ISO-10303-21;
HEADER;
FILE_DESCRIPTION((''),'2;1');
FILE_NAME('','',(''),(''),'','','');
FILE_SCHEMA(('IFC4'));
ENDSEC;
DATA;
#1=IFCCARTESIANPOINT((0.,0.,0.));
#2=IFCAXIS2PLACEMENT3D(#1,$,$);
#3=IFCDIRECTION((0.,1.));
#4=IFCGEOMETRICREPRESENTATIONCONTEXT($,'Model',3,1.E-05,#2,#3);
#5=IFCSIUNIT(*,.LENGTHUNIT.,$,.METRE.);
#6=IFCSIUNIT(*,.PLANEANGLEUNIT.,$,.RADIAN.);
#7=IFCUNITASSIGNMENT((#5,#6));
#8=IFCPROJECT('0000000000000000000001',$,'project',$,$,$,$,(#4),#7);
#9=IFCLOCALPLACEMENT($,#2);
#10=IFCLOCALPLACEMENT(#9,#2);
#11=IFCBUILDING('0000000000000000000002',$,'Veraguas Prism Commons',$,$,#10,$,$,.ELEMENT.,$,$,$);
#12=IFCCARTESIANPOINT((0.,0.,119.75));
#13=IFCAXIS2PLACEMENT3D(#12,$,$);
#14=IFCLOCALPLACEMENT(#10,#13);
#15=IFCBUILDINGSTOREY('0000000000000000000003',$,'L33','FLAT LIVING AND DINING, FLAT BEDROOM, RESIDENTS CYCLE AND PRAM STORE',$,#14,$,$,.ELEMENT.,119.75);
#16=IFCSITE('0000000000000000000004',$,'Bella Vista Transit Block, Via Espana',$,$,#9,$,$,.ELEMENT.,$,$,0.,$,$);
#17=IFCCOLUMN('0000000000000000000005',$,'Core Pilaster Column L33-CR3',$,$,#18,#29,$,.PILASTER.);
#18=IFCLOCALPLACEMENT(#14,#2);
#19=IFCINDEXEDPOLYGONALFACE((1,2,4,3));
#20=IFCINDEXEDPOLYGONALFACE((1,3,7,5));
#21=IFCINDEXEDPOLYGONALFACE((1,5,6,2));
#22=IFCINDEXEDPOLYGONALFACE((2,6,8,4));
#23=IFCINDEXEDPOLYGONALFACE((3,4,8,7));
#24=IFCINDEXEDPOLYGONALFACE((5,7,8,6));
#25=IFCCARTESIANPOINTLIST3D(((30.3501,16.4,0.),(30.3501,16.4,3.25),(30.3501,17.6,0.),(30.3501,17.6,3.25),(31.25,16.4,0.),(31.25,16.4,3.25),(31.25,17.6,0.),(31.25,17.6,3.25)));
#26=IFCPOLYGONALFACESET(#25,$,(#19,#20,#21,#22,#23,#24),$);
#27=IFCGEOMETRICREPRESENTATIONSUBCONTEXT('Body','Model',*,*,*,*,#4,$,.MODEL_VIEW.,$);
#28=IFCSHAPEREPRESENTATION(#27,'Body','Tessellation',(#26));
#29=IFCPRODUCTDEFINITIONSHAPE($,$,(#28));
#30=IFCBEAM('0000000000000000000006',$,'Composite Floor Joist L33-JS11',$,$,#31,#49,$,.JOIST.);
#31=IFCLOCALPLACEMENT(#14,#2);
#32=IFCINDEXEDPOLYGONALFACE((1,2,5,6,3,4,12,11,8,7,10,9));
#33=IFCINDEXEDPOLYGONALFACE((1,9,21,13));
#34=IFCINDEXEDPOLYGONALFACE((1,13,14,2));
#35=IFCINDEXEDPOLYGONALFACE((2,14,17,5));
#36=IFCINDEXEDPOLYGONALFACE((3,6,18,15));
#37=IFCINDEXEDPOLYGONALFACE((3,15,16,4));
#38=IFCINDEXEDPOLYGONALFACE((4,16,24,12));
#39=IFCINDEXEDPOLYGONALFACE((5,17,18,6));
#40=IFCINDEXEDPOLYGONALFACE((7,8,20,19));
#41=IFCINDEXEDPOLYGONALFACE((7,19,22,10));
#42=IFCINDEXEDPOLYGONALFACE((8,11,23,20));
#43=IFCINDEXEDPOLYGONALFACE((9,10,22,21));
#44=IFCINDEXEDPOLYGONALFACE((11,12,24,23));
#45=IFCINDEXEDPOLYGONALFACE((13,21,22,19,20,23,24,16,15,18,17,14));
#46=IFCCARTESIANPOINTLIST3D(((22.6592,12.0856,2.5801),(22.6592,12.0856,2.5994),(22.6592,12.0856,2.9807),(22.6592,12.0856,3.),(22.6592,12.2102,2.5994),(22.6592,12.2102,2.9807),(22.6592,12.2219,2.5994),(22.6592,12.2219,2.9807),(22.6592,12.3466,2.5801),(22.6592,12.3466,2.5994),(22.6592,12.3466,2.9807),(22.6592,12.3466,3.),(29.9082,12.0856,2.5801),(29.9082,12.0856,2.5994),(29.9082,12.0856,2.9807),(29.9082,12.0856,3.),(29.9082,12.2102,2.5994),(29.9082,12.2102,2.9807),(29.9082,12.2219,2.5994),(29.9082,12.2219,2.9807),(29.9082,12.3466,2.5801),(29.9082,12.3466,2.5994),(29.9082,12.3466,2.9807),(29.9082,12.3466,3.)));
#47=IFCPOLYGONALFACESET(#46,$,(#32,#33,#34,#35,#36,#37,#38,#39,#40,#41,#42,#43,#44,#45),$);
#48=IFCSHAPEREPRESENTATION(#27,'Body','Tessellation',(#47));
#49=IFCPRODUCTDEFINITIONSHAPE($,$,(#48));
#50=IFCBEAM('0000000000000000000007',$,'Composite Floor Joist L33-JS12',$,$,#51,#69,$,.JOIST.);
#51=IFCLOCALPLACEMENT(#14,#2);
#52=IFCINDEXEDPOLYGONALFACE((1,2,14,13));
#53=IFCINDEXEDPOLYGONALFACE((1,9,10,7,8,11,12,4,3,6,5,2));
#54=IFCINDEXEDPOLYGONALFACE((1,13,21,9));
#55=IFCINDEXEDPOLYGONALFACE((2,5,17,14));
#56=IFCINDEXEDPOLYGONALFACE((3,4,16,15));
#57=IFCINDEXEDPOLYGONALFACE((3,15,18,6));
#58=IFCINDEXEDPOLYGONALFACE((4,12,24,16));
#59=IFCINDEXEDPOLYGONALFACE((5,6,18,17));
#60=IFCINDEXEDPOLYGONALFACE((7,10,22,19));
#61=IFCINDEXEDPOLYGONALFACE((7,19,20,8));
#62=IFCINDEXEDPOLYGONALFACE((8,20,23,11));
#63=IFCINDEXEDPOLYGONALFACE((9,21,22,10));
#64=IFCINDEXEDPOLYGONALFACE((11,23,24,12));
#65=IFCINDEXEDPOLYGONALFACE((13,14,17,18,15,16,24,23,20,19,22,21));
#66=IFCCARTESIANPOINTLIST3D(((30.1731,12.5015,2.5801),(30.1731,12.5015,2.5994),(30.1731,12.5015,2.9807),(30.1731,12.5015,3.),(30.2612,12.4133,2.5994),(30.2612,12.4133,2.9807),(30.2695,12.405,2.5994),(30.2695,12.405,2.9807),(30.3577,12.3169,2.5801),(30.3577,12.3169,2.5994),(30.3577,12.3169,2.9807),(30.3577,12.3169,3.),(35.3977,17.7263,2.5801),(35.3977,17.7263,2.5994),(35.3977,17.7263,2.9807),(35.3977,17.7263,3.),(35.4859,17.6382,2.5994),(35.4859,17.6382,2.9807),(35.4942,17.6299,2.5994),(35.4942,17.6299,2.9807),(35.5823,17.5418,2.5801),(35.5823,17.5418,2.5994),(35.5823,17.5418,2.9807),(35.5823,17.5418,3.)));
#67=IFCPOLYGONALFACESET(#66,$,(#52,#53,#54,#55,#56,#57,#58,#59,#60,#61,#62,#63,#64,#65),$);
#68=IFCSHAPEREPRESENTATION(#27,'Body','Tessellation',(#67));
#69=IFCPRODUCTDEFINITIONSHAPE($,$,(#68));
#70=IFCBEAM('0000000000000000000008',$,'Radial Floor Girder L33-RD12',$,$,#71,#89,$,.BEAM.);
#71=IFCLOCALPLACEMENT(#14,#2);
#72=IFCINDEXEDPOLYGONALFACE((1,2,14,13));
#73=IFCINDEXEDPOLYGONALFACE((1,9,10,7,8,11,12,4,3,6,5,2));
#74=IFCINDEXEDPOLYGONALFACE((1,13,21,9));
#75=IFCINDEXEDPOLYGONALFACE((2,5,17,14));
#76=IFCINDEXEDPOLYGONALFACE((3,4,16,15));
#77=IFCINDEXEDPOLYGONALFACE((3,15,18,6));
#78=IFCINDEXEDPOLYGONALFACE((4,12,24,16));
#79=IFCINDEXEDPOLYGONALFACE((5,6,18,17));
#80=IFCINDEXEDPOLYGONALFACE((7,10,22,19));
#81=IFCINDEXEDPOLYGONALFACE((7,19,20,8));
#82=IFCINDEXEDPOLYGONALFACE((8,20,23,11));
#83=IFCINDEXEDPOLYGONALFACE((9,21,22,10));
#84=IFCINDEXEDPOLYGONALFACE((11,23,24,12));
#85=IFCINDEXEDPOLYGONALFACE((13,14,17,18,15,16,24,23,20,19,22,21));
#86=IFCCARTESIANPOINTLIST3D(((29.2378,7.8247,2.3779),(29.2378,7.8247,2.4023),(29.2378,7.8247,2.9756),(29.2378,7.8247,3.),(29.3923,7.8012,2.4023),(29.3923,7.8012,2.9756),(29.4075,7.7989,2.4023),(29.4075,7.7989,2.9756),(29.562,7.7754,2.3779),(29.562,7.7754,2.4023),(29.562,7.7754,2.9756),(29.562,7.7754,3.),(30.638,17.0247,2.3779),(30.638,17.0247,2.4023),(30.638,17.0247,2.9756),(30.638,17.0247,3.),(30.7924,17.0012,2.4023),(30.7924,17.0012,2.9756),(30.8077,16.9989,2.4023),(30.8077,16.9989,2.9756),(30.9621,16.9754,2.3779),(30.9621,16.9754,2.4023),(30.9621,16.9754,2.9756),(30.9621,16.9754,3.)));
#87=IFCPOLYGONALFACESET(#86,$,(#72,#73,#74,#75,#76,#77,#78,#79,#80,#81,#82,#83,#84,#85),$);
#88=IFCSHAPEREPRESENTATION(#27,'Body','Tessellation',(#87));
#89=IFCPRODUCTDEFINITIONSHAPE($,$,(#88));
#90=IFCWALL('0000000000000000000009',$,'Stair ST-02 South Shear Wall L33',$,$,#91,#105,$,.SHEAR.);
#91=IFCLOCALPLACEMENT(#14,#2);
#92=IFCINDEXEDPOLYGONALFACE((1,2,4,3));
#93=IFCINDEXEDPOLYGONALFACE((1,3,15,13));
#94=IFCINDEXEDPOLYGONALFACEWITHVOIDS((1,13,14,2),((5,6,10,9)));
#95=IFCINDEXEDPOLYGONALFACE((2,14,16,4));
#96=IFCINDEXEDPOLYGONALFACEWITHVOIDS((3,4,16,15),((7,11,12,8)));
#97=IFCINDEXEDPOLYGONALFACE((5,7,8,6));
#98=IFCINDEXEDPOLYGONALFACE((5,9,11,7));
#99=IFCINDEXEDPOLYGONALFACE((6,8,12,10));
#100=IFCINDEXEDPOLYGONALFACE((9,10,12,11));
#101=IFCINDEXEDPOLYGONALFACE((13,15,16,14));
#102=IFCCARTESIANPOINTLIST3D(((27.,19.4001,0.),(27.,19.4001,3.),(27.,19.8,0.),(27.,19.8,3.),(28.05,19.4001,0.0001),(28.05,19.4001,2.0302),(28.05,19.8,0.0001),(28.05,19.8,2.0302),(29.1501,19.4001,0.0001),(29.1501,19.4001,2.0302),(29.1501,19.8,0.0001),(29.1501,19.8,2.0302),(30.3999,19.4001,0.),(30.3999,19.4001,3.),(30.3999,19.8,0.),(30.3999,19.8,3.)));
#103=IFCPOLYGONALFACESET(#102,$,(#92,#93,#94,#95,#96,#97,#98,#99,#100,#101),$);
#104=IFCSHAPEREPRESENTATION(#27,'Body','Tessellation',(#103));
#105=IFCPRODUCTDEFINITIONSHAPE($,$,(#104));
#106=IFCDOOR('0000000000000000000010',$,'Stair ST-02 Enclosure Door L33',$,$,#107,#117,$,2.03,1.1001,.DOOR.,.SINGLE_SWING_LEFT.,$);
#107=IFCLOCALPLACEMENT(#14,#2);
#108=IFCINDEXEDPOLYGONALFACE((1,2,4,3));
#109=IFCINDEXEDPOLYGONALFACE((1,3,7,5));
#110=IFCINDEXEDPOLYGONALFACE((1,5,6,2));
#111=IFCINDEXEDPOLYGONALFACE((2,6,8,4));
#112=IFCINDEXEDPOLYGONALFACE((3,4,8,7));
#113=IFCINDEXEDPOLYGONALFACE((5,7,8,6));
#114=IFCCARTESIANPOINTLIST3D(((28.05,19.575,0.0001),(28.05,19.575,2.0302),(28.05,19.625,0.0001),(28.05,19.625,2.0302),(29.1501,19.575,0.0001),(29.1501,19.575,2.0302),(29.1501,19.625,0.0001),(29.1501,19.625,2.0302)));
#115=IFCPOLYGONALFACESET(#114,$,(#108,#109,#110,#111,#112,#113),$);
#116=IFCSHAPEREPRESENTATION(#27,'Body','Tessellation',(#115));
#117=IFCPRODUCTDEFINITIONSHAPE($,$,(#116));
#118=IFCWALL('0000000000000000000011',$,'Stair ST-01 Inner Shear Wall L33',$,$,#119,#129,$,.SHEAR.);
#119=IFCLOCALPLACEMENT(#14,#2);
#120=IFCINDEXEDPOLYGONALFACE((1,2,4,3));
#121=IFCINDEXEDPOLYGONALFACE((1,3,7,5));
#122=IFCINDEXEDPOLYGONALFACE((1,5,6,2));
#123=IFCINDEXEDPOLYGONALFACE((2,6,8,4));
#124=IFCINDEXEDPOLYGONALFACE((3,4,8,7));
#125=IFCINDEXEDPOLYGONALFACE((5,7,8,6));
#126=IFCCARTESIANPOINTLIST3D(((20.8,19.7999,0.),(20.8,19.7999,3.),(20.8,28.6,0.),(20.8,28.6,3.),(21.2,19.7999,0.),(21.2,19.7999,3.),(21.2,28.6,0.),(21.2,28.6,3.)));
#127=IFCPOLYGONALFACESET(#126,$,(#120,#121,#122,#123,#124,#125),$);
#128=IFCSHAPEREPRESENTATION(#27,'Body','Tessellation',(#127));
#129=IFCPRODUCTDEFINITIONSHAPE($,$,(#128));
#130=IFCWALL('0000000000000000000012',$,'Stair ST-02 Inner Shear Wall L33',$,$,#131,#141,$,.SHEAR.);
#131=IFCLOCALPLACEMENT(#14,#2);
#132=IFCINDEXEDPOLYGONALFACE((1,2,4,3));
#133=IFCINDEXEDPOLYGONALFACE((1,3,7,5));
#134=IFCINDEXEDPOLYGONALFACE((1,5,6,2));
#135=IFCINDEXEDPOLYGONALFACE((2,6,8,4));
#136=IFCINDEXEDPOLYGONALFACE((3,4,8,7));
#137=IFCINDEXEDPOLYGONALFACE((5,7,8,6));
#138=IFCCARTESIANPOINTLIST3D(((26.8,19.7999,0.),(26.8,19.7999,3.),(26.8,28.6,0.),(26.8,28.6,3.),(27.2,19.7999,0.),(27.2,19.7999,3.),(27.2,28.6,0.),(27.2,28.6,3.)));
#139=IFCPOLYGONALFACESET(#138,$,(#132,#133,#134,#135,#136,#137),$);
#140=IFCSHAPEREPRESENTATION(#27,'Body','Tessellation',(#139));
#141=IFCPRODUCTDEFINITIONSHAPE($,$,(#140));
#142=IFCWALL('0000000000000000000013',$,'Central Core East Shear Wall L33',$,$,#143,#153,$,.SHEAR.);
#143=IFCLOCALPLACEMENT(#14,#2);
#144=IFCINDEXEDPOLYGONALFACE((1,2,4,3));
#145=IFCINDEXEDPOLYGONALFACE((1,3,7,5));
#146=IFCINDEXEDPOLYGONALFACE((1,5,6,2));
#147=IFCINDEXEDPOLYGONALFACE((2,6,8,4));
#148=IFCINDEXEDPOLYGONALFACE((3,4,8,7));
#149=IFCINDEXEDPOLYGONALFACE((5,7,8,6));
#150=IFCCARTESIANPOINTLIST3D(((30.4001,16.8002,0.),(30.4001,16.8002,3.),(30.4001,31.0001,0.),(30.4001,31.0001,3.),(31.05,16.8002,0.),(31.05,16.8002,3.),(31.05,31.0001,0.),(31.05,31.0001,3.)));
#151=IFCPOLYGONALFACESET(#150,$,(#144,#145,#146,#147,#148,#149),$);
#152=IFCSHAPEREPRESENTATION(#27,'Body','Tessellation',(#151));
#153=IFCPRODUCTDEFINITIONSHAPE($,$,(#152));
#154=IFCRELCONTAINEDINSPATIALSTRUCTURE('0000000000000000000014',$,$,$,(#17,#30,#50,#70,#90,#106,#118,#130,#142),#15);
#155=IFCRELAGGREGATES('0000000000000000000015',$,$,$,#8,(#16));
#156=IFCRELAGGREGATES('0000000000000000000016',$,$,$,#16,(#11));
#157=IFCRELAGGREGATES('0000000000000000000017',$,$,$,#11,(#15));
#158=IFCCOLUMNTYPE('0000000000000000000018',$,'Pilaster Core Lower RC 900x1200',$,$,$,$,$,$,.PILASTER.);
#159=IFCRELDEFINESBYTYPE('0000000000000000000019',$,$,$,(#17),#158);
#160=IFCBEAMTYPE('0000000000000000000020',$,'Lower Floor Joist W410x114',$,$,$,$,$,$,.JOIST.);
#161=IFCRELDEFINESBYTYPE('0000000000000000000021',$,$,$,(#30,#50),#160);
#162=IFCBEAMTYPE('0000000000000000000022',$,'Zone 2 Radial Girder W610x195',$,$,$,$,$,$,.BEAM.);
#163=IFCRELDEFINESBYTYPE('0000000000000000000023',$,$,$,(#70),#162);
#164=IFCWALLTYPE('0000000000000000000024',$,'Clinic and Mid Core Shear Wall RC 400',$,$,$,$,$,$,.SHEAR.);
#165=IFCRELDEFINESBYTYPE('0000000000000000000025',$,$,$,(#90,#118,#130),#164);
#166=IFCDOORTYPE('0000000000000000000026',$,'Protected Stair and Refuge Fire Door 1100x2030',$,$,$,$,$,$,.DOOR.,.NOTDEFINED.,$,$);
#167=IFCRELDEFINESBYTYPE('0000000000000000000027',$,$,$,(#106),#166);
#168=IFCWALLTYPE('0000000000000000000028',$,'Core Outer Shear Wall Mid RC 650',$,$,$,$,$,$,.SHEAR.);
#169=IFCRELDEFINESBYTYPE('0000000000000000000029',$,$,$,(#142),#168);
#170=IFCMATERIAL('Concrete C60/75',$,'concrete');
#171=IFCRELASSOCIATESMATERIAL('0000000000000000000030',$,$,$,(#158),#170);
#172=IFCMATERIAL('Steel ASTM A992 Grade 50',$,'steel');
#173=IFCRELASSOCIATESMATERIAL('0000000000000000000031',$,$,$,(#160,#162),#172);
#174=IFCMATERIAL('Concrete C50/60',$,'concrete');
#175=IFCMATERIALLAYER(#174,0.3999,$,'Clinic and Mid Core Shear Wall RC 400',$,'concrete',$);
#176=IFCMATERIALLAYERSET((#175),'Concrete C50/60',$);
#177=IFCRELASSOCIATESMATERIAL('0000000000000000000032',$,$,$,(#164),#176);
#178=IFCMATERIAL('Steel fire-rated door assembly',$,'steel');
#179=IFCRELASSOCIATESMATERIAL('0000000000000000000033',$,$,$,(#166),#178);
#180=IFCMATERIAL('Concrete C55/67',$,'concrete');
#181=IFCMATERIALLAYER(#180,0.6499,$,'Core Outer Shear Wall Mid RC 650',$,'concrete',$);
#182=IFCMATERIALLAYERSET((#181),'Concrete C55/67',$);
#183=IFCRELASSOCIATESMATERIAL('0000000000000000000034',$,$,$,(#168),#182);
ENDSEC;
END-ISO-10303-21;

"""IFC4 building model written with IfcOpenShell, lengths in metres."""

from ifc_helpers import new_model, si_unit, direction, frame, frame_2d, origin, origin_2d, place, context, subcontext, project, spatial, rectangle, i_section, extrude, source, transform, mapped, material, layer, layer_set, material_profile, profile_set, type_object, element, fill, save


model = new_model("IFC4")

# Units and contexts
model_context = context("Model", 3, precision=1e-05, world=origin(), true_north=direction((0.0, 1.0)))
body_context = subcontext(model_context, "Body", "Model", "MODEL_VIEW")
ifc_project = project(units=[si_unit("LENGTHUNIT", "METRE"), si_unit("PLANEANGLEUNIT", "RADIAN")], contexts=[model_context])

# Site, building, storey
site_placement = place(None, origin())
site = spatial("IfcSite", under=ifc_project, at=site_placement, Name="Bella Vista Transit Block, Via Espana", CompositionType="ELEMENT", RefElevation=0.0)
building_placement = place(site_placement, origin())
building = spatial("IfcBuilding", under=site, at=building_placement, Name="Veraguas Prism Commons", CompositionType="ELEMENT")
storey_placement = place(building_placement, frame((0.0, 0.0, 119.75)))
storey = spatial("IfcBuildingStorey", under=building, at=storey_placement, Name="L33", Description="FLAT LIVING AND DINING, FLAT BEDROOM, RESIDENTS CYCLE AND PRAM STORE", CompositionType="ELEMENT", Elevation=119.75)

# Column
ifc_material_1 = material(Name="Concrete C60/75", Category="concrete")
ifc_material_profile_1 = material_profile(ifc_material_1, rectangle(XDim=0.8999, YDim=1.2, at=origin_2d()), Name="RC900X1200")
ifc_profile_set_1 = profile_set([ifc_material_profile_1], Name="Concrete C60/75")
column_type = type_object("IfcColumnType", Name="Pilaster Core Lower RC 900x1200", PredefinedType="PILASTER", material=ifc_profile_set_1)
column_placement = place(storey_placement, frame((30.8, 17.0, 0.0), z_axis=(0.0, 0.0, 1.0), x_axis=(1.0, 0.0, 0.0)))
element("IfcColumn", 1, at=column_placement, inside=storey, type_object=column_type, Name="Core Pilaster Column L33-CR3", PredefinedType="PILASTER", context=body_context, shape_type="SweptSolid", body=[
    extrude(rectangle(XDim=0.8999, YDim=1.2, at=origin_2d()), origin(), (0.0, 0.0, 1.0), 3.25),
])

# Beams
ifc_material_2 = material(Name="Steel ASTM A992 Grade 50", Category="steel")
ifc_material_profile_2 = material_profile(ifc_material_2, i_section(OverallWidth=0.261, OverallDepth=0.4199, WebThickness=0.0117, FlangeThickness=0.0193, at=origin_2d()), Name="W410X114")
ifc_profile_set_2 = profile_set([ifc_material_profile_2], Name="Steel ASTM A992 Grade 50")
beam_type_1 = type_object("IfcBeamType", Name="Lower Floor Joist W410x114", PredefinedType="JOIST", material=ifc_profile_set_2)
beam_1_placement = place(storey_placement, frame((22.6592, 12.2161, 2.79), z_axis=(1.0, 0.0, 0.0), x_axis=(0.0, 1.0, 0.0)))
element("IfcBeam", 2, at=beam_1_placement, inside=storey, type_object=beam_type_1, Name="Composite Floor Joist L33-JS11", PredefinedType="JOIST", context=body_context, shape_type="SweptSolid", body=[
    extrude(i_section(OverallWidth=0.261, OverallDepth=0.4199, WebThickness=0.0117, FlangeThickness=0.0193, at=origin_2d()), origin(), (0.0, 0.0, 1.0), 7.249),
])
beam_2_placement = place(storey_placement, frame((30.2654, 12.4092, 2.79), z_axis=(0.70709, 0.707123, 0.0), x_axis=(-0.707123, 0.70709, 0.0)))
element("IfcBeam", 3, at=beam_2_placement, inside=storey, type_object=beam_type_1, Name="Composite Floor Joist L33-JS12", PredefinedType="JOIST", context=body_context, shape_type="SweptSolid", body=[
    extrude(i_section(OverallWidth=0.261, OverallDepth=0.4199, WebThickness=0.0117, FlangeThickness=0.0193, at=origin_2d()), origin(), (0.0, 0.0, 1.0), 7.3889),
])
ifc_material_profile_3 = material_profile(ifc_material_2, i_section(OverallWidth=0.3279, OverallDepth=0.6221, WebThickness=0.0154, FlangeThickness=0.0244, at=origin_2d()), Name="W610X195")
ifc_profile_set_3 = profile_set([ifc_material_profile_3], Name="Steel ASTM A992 Grade 50")
beam_type_2 = type_object("IfcBeamType", Name="Zone 2 Radial Girder W610x195", PredefinedType="BEAM", material=ifc_profile_set_3)
beam_3_placement = place(storey_placement, frame((29.3999, 7.8, 2.689), z_axis=(0.150458, 0.988616, 0.0), x_axis=(-0.988616, 0.150458, 0.0)))
element("IfcBeam", 4, at=beam_3_placement, inside=storey, type_object=beam_type_2, Name="Radial Floor Girder L33-RD12", PredefinedType="BEAM", context=body_context, shape_type="SweptSolid", body=[
    extrude(i_section(OverallWidth=0.3279, OverallDepth=0.6221, WebThickness=0.0154, FlangeThickness=0.0244, at=origin_2d()), origin(), (0.0, 0.0, 1.0), 9.3059),
])

# Wall, opening, door
ifc_material_3 = material(Name="Concrete C50/60", Category="concrete")
ifc_layer_1 = layer(ifc_material_3, 0.3999, Name="Clinic and Mid Core Shear Wall RC 400", Category="concrete")
ifc_layer_set_1 = layer_set([ifc_layer_1], Name="Concrete C50/60")
wall_type_1 = type_object("IfcWallType", Name="Clinic and Mid Core Shear Wall RC 400", PredefinedType="SHEAR", material=ifc_layer_set_1)
wall_1_placement = place(storey_placement, frame((27.0, 19.6001, 0.0), z_axis=(0.0, 0.0, 1.0), x_axis=(1.0, 0.0, 0.0)))
wall_1 = element("IfcWall", 5, at=wall_1_placement, inside=storey, type_object=wall_type_1, Name="Stair ST-02 South Shear Wall L33", PredefinedType="SHEAR", context=body_context, shape_type="SweptSolid", body=[
    extrude(rectangle(XDim=3.3999, YDim=0.3999, at=frame_2d((1.7, 0.0))), origin(), (0.0, 0.0, 1.0), 3.0),
])
opening_1_placement = place(wall_1_placement, frame((1.05, 0.0, 0.0)))
opening_1 = element("IfcOpeningElement", 6, at=opening_1_placement, cuts=wall_1, PredefinedType="OPENING", context=body_context, shape_type="SweptSolid", body=[
    extrude(rectangle(XDim=1.1001, YDim=2.03, at=frame_2d((0.55, 1.0151))), frame((0.0, 0.21, 0.0), z_axis=(0.0, -1.0, 0.0), x_axis=(1.0, 0.0, 0.0)), (0.0, 0.0, 1.0), 0.4199),
])
ifc_material_4 = material(Name="Steel fire-rated door assembly", Category="steel")
door_type_1 = type_object("IfcDoorType", Name="Protected Stair and Refuge Fire Door 1100x2030", OperationType="NOTDEFINED", PredefinedType="DOOR", material=ifc_material_4)
shared_shape_1 = source(origin(), body_context, "Body", "SweptSolid", [
    extrude(rectangle(XDim=1.1001, YDim=2.03, at=frame_2d((0.55, 1.0151))), frame((0.0, 0.0249, 0.0), z_axis=(0.0, -1.0, 0.0), x_axis=(1.0, 0.0, 0.0)), (0.0, 0.0, 1.0), 0.05),
])
door_1_placement = place(opening_1_placement, origin())
door_1 = element("IfcDoor", 7, at=door_1_placement, inside=storey, type_object=door_type_1, Name="Stair ST-02 Enclosure Door L33", OperationType="SINGLE_SWING_LEFT", OverallHeight=2.03, OverallWidth=1.1001, PredefinedType="DOOR", context=body_context, shape_type="MappedRepresentation", body=[
    mapped(shared_shape_1, transform((0.0, 0.0, 0.0), scale=1.0)),
])
fill(opening_1, door_1)

# Walls
for number, where, z_axis, x_axis, name in (
    (8, (21.0, 19.8, 0.0), (0.0, 0.0, 1.0), (0.0, 1.0, 0.0), "Stair ST-01 Inner Shear Wall L33"),
    (9, (27.0, 19.8, 0.0), (0.0, 0.0, 1.0), (0.0, 1.0, 0.0), "Stair ST-02 Inner Shear Wall L33"),
):
    element("IfcWall", number, at=place(storey_placement, frame(where, z_axis=z_axis, x_axis=x_axis)), inside=storey, type_object=wall_type_1, Name=name, PredefinedType="SHEAR", context=body_context, shape_type="SweptSolid", body=[
        extrude(rectangle(XDim=8.8, YDim=0.3999, at=frame_2d((4.3999, 0.0))), origin(), (0.0, 0.0, 1.0), 3.0),
    ])
ifc_material_5 = material(Name="Concrete C55/67", Category="concrete")
ifc_layer_2 = layer(ifc_material_5, 0.6499, Name="Core Outer Shear Wall Mid RC 650", Category="concrete")
ifc_layer_set_2 = layer_set([ifc_layer_2], Name="Concrete C55/67")
wall_type_2 = type_object("IfcWallType", Name="Core Outer Shear Wall Mid RC 650", PredefinedType="SHEAR", material=ifc_layer_set_2)
wall_2_placement = place(storey_placement, frame((30.7251, 16.8, 0.0), z_axis=(0.0, 0.0, 1.0), x_axis=(0.0, 1.0, 0.0)))
element("IfcWall", 10, at=wall_2_placement, inside=storey, type_object=wall_type_2, Name="Central Core East Shear Wall L33", PredefinedType="SHEAR", context=body_context, shape_type="SweptSolid", body=[
    extrude(rectangle(XDim=14.2, YDim=0.6499, at=frame_2d((7.1001, 0.0))), origin(), (0.0, 0.0, 1.0), 3.0),
])

save(model, "model.ifc")
